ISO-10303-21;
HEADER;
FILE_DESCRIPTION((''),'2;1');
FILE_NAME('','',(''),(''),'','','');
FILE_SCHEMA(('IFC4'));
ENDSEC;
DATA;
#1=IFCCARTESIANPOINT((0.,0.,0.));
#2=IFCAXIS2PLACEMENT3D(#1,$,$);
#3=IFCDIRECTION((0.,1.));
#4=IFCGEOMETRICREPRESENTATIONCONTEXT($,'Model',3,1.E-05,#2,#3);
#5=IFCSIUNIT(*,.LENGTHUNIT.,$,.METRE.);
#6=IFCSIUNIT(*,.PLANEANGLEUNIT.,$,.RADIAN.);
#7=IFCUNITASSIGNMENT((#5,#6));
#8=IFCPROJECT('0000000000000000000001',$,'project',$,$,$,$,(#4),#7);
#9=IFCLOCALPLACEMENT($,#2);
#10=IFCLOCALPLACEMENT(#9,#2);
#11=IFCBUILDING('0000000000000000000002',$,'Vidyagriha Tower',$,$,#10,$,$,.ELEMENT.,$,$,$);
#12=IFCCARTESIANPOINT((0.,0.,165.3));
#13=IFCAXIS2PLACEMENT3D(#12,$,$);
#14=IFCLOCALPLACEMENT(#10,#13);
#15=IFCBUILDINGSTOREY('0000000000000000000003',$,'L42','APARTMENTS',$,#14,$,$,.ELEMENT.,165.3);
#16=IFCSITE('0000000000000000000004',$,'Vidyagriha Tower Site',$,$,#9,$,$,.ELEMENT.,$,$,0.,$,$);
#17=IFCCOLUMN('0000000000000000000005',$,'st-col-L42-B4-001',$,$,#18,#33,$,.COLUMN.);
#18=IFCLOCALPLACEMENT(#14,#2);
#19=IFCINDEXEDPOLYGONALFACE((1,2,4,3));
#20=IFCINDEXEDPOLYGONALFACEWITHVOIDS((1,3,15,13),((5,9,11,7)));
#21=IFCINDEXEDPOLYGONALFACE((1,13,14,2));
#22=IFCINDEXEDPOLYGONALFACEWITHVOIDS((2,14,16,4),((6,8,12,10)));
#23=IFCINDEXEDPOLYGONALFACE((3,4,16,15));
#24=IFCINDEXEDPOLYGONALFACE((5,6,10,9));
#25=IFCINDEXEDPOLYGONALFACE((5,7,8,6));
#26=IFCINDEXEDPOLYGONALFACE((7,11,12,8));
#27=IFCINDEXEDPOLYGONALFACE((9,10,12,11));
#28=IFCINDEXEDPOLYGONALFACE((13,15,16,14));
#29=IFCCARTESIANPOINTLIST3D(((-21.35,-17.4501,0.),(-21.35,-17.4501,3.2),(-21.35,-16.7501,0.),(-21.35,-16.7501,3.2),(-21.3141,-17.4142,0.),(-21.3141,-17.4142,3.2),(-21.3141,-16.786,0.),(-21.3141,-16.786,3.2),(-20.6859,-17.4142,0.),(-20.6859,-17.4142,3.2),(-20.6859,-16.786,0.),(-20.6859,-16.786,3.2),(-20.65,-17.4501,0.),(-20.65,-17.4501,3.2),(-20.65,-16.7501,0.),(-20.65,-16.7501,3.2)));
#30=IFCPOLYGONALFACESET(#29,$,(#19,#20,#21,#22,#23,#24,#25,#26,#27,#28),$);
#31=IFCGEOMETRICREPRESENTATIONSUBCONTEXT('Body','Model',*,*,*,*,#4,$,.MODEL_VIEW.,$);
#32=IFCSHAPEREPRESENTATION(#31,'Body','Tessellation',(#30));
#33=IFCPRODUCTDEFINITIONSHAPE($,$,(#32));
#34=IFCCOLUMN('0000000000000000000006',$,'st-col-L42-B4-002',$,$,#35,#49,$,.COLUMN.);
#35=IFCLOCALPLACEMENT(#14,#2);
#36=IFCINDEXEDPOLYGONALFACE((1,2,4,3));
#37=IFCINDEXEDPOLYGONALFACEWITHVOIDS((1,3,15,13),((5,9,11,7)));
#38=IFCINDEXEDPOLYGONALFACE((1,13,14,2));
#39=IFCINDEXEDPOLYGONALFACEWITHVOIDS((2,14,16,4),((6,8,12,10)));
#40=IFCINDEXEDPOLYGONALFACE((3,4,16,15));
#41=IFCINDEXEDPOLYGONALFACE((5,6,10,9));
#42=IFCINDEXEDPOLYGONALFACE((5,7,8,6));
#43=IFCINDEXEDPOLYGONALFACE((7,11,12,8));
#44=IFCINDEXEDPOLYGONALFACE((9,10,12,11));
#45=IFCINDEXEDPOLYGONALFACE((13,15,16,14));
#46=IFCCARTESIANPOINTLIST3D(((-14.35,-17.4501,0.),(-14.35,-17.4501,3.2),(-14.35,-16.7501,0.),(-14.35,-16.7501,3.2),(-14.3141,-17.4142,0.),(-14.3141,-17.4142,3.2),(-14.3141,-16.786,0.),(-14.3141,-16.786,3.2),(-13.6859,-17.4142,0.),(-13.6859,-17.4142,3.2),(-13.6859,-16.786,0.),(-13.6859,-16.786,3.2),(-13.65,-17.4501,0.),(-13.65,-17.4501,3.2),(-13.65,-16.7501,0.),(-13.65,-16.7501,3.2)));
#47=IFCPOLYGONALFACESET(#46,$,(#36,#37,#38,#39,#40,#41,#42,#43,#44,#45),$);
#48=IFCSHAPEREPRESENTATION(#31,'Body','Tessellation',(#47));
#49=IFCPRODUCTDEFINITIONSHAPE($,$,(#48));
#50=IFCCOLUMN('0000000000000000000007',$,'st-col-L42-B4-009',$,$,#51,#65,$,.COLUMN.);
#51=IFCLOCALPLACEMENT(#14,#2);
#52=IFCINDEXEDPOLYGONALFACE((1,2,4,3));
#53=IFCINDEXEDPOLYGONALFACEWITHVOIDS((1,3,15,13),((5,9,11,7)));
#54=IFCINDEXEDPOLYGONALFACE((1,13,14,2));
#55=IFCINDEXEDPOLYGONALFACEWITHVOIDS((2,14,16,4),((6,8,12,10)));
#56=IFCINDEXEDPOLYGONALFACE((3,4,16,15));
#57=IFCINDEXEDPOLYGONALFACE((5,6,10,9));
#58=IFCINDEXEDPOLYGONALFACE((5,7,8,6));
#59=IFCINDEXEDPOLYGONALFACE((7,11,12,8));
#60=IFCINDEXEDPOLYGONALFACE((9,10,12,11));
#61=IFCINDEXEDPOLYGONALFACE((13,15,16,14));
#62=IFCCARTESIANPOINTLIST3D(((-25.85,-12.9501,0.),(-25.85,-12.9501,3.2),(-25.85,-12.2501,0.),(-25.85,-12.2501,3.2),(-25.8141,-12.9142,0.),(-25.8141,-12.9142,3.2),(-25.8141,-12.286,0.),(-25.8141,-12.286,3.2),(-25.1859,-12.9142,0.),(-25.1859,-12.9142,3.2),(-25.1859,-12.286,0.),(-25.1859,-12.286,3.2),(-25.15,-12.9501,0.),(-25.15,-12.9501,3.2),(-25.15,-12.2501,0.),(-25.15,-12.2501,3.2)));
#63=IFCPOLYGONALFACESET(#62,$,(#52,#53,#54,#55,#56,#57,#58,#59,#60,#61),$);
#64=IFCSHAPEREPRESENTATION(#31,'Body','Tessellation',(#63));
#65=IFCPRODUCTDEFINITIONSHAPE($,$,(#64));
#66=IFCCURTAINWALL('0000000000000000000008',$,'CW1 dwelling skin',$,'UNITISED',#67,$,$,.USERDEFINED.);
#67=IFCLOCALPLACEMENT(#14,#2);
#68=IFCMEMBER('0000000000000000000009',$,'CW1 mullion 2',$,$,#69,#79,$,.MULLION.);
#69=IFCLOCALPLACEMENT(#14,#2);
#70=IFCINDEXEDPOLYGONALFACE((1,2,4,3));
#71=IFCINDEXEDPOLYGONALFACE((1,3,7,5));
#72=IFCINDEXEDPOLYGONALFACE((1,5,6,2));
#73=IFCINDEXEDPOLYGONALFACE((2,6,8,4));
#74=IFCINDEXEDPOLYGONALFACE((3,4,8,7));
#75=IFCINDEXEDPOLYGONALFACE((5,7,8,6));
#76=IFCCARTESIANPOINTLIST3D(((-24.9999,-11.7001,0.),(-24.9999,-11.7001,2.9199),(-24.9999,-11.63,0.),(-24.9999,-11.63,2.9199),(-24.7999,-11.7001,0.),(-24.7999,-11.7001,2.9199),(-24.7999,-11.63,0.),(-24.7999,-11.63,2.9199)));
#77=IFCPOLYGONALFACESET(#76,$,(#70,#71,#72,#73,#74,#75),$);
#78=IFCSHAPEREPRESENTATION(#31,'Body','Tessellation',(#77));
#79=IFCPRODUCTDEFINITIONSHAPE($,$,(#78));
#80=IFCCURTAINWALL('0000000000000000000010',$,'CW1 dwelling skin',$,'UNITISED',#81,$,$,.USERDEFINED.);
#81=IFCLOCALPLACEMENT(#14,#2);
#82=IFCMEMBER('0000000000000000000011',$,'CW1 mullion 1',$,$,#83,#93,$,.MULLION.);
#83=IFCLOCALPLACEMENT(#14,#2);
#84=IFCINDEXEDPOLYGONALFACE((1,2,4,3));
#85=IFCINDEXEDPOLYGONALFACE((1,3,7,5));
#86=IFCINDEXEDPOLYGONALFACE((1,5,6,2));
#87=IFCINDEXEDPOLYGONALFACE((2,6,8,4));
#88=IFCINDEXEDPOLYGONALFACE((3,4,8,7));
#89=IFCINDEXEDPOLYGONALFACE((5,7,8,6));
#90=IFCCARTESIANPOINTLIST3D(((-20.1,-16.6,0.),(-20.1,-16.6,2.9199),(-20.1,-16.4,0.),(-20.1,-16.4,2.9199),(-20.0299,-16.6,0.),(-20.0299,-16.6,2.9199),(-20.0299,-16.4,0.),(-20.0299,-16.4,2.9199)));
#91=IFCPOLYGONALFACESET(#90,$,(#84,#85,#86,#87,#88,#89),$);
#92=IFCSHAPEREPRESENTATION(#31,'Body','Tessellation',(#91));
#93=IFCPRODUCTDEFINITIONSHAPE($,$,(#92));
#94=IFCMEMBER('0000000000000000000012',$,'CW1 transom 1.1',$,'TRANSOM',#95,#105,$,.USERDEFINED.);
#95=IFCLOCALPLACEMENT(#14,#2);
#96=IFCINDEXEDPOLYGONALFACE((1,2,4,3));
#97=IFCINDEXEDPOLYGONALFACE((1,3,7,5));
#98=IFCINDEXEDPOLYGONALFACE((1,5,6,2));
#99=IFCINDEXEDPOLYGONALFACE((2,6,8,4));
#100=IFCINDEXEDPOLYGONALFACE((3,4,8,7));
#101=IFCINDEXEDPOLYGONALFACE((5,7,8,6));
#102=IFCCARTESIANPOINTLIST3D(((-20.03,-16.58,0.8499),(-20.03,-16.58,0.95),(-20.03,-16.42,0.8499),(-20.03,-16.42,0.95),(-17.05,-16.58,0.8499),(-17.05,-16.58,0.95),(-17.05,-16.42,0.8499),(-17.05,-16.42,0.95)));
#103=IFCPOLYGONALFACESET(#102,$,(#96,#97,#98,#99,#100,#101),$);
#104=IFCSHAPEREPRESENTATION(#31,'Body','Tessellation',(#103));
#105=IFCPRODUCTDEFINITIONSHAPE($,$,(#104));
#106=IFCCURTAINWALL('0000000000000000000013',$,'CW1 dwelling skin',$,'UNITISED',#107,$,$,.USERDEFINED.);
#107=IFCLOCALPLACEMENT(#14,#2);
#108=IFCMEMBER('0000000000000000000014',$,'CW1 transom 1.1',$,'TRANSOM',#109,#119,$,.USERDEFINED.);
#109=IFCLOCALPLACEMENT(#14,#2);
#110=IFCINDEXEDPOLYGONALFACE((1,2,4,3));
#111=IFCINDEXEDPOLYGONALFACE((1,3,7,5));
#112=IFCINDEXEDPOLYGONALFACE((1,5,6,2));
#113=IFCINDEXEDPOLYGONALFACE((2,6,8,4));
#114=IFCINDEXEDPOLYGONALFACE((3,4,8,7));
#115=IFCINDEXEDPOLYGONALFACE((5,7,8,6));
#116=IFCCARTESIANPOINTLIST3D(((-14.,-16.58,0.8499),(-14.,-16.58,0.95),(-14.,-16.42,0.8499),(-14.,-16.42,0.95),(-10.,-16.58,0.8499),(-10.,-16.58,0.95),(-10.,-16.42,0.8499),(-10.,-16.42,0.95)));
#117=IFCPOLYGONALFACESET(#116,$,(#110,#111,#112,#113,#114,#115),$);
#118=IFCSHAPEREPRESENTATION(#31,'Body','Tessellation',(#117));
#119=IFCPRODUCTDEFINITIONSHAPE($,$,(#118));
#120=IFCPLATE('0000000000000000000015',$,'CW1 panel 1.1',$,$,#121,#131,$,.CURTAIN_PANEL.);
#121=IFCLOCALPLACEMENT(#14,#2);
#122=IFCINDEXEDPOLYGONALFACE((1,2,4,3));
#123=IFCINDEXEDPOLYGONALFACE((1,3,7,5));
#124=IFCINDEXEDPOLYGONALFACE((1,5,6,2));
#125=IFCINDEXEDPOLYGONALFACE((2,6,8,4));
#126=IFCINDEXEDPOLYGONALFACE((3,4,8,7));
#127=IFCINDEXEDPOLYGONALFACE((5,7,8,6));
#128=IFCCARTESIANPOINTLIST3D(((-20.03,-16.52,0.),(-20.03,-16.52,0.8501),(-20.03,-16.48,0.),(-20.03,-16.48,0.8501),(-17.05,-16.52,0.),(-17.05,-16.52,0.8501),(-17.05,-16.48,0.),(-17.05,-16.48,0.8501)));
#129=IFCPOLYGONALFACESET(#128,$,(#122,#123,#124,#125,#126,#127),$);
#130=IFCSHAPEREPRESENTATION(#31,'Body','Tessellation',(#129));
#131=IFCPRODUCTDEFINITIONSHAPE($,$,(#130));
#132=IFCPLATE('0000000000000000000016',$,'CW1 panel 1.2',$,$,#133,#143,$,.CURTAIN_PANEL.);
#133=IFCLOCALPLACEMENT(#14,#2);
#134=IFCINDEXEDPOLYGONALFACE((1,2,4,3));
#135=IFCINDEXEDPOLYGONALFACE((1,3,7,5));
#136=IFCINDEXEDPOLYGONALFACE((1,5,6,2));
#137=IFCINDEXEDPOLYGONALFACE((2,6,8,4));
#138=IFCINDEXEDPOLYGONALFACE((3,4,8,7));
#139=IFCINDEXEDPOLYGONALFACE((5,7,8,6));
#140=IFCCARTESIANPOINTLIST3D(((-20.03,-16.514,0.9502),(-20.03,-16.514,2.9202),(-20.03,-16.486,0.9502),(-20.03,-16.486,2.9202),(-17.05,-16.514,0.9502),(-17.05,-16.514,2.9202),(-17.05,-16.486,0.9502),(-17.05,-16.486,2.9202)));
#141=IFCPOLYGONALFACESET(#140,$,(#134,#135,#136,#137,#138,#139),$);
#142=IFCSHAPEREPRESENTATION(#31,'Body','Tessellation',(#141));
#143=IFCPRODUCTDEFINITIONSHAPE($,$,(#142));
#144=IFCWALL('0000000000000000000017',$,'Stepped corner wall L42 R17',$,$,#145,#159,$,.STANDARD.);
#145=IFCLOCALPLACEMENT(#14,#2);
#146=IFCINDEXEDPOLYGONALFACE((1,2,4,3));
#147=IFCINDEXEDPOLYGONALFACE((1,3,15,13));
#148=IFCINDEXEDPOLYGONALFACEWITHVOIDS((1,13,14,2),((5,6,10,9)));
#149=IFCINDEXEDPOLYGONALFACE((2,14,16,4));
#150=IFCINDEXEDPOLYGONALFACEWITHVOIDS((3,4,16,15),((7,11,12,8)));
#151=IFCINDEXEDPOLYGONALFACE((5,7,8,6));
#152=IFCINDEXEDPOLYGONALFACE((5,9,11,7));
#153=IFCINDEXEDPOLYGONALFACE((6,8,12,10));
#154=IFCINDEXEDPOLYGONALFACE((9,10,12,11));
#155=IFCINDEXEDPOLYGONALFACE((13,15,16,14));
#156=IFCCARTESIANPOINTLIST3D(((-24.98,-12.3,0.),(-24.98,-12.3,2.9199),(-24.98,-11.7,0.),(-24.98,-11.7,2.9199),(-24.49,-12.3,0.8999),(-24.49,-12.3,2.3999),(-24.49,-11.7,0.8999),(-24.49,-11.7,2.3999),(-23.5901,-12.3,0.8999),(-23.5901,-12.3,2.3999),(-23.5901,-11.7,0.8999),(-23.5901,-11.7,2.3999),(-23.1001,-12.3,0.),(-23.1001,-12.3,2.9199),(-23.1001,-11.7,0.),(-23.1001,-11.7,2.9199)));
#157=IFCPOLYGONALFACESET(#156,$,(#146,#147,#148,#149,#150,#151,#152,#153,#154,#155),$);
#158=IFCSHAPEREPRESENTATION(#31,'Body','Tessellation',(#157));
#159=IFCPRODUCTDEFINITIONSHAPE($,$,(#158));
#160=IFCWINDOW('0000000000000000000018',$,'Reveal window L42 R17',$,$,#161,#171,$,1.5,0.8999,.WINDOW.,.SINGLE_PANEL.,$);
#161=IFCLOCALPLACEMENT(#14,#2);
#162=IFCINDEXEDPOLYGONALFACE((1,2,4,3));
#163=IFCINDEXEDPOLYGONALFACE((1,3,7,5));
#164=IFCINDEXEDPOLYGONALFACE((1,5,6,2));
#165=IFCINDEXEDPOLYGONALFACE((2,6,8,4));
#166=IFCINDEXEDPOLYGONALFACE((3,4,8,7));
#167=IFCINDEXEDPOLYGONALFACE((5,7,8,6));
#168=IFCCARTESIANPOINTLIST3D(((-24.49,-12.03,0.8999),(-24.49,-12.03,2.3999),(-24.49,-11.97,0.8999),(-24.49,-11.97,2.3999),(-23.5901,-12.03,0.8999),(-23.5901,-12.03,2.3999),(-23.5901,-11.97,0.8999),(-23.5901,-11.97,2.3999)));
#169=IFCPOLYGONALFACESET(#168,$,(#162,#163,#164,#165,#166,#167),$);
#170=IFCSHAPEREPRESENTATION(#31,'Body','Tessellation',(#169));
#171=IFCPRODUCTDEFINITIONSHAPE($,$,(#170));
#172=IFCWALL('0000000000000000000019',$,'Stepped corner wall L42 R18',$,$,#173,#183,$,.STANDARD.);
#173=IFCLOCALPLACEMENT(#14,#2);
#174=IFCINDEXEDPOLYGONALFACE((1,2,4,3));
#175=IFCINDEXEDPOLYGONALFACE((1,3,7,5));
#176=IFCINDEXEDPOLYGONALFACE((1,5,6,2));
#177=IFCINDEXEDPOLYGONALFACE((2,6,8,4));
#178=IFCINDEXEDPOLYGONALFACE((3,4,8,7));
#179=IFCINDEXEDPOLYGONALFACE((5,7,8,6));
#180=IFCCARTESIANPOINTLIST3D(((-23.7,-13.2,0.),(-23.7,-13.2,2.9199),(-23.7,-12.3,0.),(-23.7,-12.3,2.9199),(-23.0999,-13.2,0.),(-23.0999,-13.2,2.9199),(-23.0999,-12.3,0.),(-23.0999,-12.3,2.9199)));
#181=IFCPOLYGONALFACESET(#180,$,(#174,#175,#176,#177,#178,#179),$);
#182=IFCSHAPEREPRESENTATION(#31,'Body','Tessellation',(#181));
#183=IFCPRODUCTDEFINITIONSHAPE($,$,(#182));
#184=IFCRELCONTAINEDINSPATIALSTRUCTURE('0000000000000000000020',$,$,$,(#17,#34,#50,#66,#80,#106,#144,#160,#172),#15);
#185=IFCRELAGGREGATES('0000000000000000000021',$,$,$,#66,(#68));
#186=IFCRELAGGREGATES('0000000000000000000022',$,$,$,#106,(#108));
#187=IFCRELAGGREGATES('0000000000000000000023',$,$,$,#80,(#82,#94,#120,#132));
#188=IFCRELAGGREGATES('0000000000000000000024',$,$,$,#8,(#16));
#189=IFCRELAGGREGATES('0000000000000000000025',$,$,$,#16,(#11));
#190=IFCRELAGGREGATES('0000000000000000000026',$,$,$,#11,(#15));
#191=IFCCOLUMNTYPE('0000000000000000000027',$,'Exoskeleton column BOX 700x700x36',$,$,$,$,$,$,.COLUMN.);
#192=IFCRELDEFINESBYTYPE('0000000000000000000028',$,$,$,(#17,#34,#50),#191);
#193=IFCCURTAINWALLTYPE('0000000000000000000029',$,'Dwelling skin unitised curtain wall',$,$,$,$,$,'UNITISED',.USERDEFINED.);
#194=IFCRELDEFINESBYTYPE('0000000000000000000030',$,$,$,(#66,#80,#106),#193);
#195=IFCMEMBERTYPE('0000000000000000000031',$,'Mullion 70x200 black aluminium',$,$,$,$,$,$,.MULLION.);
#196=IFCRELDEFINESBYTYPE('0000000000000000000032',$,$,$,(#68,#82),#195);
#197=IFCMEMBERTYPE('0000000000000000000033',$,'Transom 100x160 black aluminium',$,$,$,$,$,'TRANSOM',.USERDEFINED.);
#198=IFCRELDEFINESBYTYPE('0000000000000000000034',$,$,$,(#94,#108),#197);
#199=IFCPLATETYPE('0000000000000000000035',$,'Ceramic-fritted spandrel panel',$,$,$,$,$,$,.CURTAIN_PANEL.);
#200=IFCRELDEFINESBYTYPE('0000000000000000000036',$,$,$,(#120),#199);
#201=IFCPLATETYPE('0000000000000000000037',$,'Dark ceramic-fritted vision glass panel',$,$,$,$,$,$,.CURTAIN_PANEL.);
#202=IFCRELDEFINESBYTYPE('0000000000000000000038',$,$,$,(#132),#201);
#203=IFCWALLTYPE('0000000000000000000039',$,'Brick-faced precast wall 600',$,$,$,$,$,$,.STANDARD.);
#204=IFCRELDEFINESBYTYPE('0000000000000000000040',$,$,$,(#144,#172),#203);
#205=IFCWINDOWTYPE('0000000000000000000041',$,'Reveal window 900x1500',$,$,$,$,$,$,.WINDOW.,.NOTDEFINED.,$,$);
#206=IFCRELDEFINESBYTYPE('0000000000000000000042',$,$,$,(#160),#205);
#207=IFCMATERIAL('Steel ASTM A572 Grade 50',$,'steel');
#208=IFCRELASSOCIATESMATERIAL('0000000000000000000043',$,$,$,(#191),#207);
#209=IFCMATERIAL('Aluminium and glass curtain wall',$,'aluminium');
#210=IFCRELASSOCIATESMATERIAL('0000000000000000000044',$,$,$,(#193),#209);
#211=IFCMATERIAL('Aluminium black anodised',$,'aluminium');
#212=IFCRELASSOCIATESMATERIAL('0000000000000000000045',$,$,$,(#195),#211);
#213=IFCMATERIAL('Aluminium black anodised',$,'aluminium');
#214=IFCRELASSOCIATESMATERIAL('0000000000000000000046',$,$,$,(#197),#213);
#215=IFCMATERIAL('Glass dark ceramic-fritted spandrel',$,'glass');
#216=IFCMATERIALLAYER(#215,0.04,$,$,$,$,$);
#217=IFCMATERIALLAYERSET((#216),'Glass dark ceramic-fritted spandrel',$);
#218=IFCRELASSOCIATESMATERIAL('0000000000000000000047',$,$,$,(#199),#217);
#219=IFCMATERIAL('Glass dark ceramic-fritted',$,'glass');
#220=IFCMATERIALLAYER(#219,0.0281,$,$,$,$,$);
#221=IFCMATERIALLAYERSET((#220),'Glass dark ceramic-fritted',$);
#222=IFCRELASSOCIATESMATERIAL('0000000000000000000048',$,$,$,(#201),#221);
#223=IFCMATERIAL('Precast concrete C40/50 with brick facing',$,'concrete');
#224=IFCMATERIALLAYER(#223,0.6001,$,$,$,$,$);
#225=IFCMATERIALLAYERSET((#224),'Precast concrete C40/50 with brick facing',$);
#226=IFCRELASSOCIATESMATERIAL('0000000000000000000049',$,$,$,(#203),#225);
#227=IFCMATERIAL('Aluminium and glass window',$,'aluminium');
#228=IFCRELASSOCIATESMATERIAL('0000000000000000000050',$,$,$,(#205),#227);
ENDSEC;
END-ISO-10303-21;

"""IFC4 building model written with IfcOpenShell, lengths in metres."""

from ifc_helpers import new_model, si_unit, direction, frame, frame_2d, origin, origin_2d, place, context, subcontext, project, spatial, rectangle, hollow_rectangle, extrude, material, layer, layer_set, material_profile, profile_set, type_object, element, fill, aggregate, save


model = new_model("IFC4")

# Units and contexts
model_context = context("Model", 3, precision=1e-05, world=origin(), true_north=direction((0.0, 1.0)))
body_context = subcontext(model_context, "Body", "Model", "MODEL_VIEW")
ifc_project = project(units=[si_unit("LENGTHUNIT", "METRE"), si_unit("PLANEANGLEUNIT", "RADIAN")], contexts=[model_context])

# Site, building, storey
site_placement = place(None, origin())
site = spatial("IfcSite", under=ifc_project, at=site_placement, Name="Vidyagriha Tower Site", CompositionType="ELEMENT", RefElevation=0.0)
building_placement = place(site_placement, origin())
building = spatial("IfcBuilding", under=site, at=building_placement, Name="Vidyagriha Tower", CompositionType="ELEMENT")
storey_placement = place(building_placement, frame((0.0, 0.0, 165.3)))
storey = spatial("IfcBuildingStorey", under=building, at=storey_placement, Name="L42", Description="APARTMENTS", CompositionType="ELEMENT", Elevation=165.3)

# Columns
ifc_material_1 = material(Name="Steel ASTM A572 Grade 50", Category="steel")
ifc_material_profile_1 = material_profile(ifc_material_1, hollow_rectangle(XDim=0.7, YDim=0.7, WallThickness=0.0359, at=origin_2d()), Name="BOX 700x700x36")
ifc_profile_set_1 = profile_set([ifc_material_profile_1], Name="Steel ASTM A572 Grade 50")
column_type = type_object("IfcColumnType", Name="Exoskeleton column BOX 700x700x36", PredefinedType="COLUMN", material=ifc_profile_set_1)
for number, where, name in (
    (1, (-21.0, -17.1001, 0.0), "st-col-L42-B4-001"),
    (2, (-14.0, -17.1001, 0.0), "st-col-L42-B4-002"),
    (3, (-25.5, -12.6001, 0.0), "st-col-L42-B4-009"),
):
    element("IfcColumn", number, at=place(storey_placement, frame(where)), inside=storey, type_object=column_type, Name=name, PredefinedType="COLUMN", context=body_context, shape_type="SweptSolid", body=[
        extrude(hollow_rectangle(XDim=0.7, YDim=0.7, WallThickness=0.0359, at=origin_2d()), origin(), (0.0, 0.0, 1.0), 3.2),
    ])

# Curtain wall, member
ifc_material_2 = material(Name="Aluminium and glass curtain wall", Category="aluminium")
curtain_wall_type = type_object("IfcCurtainWallType", Name="Dwelling skin unitised curtain wall", ElementType="UNITISED", PredefinedType="USERDEFINED", material=ifc_material_2)
curtain_wall_1_placement = place(storey_placement, origin())
curtain_wall_1 = element("IfcCurtainWall", 4, at=curtain_wall_1_placement, inside=storey, type_object=curtain_wall_type, Name="CW1 dwelling skin", ObjectType="UNITISED", PredefinedType="USERDEFINED")
ifc_material_3 = material(Name="Aluminium black anodised", Category="aluminium")
ifc_material_profile_2 = material_profile(ifc_material_3, rectangle(XDim=0.2, YDim=0.0701, at=origin_2d()), Name="Mullion 70x200 black aluminium")
ifc_profile_set_2 = profile_set([ifc_material_profile_2], Name="Aluminium black anodised")
member_type_1 = type_object("IfcMemberType", Name="Mullion 70x200 black aluminium", PredefinedType="MULLION", material=ifc_profile_set_2)
member_1_placement = place(storey_placement, frame((-24.8999, -11.665, 0.0)))
member_1 = element("IfcMember", 5, at=member_1_placement, type_object=member_type_1, Name="CW1 mullion 2", PredefinedType="MULLION", context=body_context, shape_type="SweptSolid", body=[
    extrude(rectangle(XDim=0.2, YDim=0.0701, at=origin_2d()), origin(), (0.0, 0.0, 1.0), 2.9199),
])
aggregate(curtain_wall_1, [member_1])

# Curtain wall, members
curtain_wall_2_placement = place(storey_placement, origin())
curtain_wall_2 = element("IfcCurtainWall", 6, at=curtain_wall_2_placement, inside=storey, type_object=curtain_wall_type, Name="CW1 dwelling skin", ObjectType="UNITISED", PredefinedType="USERDEFINED")
member_2_placement = place(storey_placement, frame((-20.0649, -16.5, 0.0), z_axis=(0.0, 0.0, 1.0), x_axis=(0.0, 1.0, 0.0)))
member_2 = element("IfcMember", 7, at=member_2_placement, type_object=member_type_1, Name="CW1 mullion 1", PredefinedType="MULLION", context=body_context, shape_type="SweptSolid", body=[
    extrude(rectangle(XDim=0.2, YDim=0.0701, at=origin_2d()), origin(), (0.0, 0.0, 1.0), 2.9199),
])
ifc_material_4 = material(Name="Aluminium black anodised", Category="aluminium")
ifc_material_profile_3 = material_profile(ifc_material_4, rectangle(XDim=0.1599, YDim=0.1001, at=origin_2d()), Name="Transom 100x160 black aluminium")
ifc_profile_set_3 = profile_set([ifc_material_profile_3], Name="Aluminium black anodised")
member_type_2 = type_object("IfcMemberType", Name="Transom 100x160 black aluminium", ElementType="TRANSOM", PredefinedType="USERDEFINED", material=ifc_profile_set_3)
member_3_placement = place(storey_placement, frame((-20.03, -16.5, 0.8999), z_axis=(1.0, 0.0, 0.0), x_axis=(0.0, 1.0, 0.0)))
member_3 = element("IfcMember", 8, at=member_3_placement, type_object=member_type_2, Name="CW1 transom 1.1", ObjectType="TRANSOM", PredefinedType="USERDEFINED", context=body_context, shape_type="SweptSolid", body=[
    extrude(rectangle(XDim=0.1599, YDim=0.1001, at=origin_2d()), origin(), (0.0, 0.0, 1.0), 2.98),
])

# Curtain wall, member
curtain_wall_3_placement = place(storey_placement, origin())
curtain_wall_3 = element("IfcCurtainWall", 9, at=curtain_wall_3_placement, inside=storey, type_object=curtain_wall_type, Name="CW1 dwelling skin", ObjectType="UNITISED", PredefinedType="USERDEFINED")
member_4_placement = place(storey_placement, frame((-14.0, -16.5, 0.8999), z_axis=(1.0, 0.0, 0.0), x_axis=(0.0, 1.0, 0.0)))
member_4 = element("IfcMember", 10, at=member_4_placement, type_object=member_type_2, Name="CW1 transom 1.1", ObjectType="TRANSOM", PredefinedType="USERDEFINED", context=body_context, shape_type="SweptSolid", body=[
    extrude(rectangle(XDim=0.1599, YDim=0.1001, at=origin_2d()), origin(), (0.0, 0.0, 1.0), 4.0),
])
aggregate(curtain_wall_3, [member_4])

# Plates
ifc_material_5 = material(Name="Glass dark ceramic-fritted spandrel", Category="glass")
ifc_layer_1 = layer(ifc_material_5, 0.04)
ifc_layer_set_1 = layer_set([ifc_layer_1], Name="Glass dark ceramic-fritted spandrel")
plate_type_1 = type_object("IfcPlateType", Name="Ceramic-fritted spandrel panel", PredefinedType="CURTAIN_PANEL", material=ifc_layer_set_1)
plate_1_placement = place(storey_placement, frame((-18.54, -16.5, 0.0)))
plate_1 = element("IfcPlate", 11, at=plate_1_placement, type_object=plate_type_1, Name="CW1 panel 1.1", PredefinedType="CURTAIN_PANEL", context=body_context, shape_type="SweptSolid", body=[
    extrude(rectangle(XDim=2.98, YDim=0.04, at=origin_2d()), origin(), (0.0, 0.0, 1.0), 0.8501),
])
ifc_material_6 = material(Name="Glass dark ceramic-fritted", Category="glass")
ifc_layer_2 = layer(ifc_material_6, 0.0281)
ifc_layer_set_2 = layer_set([ifc_layer_2], Name="Glass dark ceramic-fritted")
plate_type_2 = type_object("IfcPlateType", Name="Dark ceramic-fritted vision glass panel", PredefinedType="CURTAIN_PANEL", material=ifc_layer_set_2)
plate_2_placement = place(storey_placement, frame((-18.54, -16.5, 0.9502)))
plate_2 = element("IfcPlate", 12, at=plate_2_placement, type_object=plate_type_2, Name="CW1 panel 1.2", PredefinedType="CURTAIN_PANEL", context=body_context, shape_type="SweptSolid", body=[
    extrude(rectangle(XDim=2.98, YDim=0.0281, at=origin_2d()), origin(), (0.0, 0.0, 1.0), 1.97),
])
aggregate(curtain_wall_2, [member_2, member_3, plate_1, plate_2])

# Wall, opening, window
ifc_material_7 = material(Name="Precast concrete C40/50 with brick facing", Category="concrete")
ifc_layer_3 = layer(ifc_material_7, 0.6001)
ifc_layer_set_3 = layer_set([ifc_layer_3], Name="Precast concrete C40/50 with brick facing")
wall_type_1 = type_object("IfcWallType", Name="Brick-faced precast wall 600", PredefinedType="STANDARD", material=ifc_layer_set_3)
wall_1_placement = place(storey_placement, frame((-24.98, -12.0, 0.0)))
wall_1 = element("IfcWall", 13, at=wall_1_placement, inside=storey, type_object=wall_type_1, Name="Stepped corner wall L42 R17", PredefinedType="STANDARD", context=body_context, shape_type="SweptSolid", body=[
    extrude(rectangle(XDim=1.8799, YDim=0.6001, at=frame_2d((0.9399, 0.0))), origin(), (0.0, 0.0, 1.0), 2.9199),
])
opening_1_placement = place(wall_1_placement, frame((0.49, 0.0, 0.8999)))
opening_1 = element("IfcOpeningElement", 14, at=opening_1_placement, cuts=wall_1, PredefinedType="OPENING", context=body_context, shape_type="SweptSolid", body=[
    extrude(rectangle(XDim=0.8999, YDim=1.5, at=frame_2d((0.45, 0.75))), frame((0.0, 0.3101, 0.0), z_axis=(0.0, -1.0, 0.0), x_axis=(1.0, 0.0, 0.0)), (0.0, 0.0, 1.0), 0.6201),
])
ifc_material_8 = material(Name="Aluminium and glass window", Category="aluminium")
window_type = type_object("IfcWindowType", Name="Reveal window 900x1500", PartitioningType="NOTDEFINED", PredefinedType="WINDOW", material=ifc_material_8)
window_1_placement = place(opening_1_placement, origin())
window_1 = element("IfcWindow", 15, at=window_1_placement, inside=storey, type_object=window_type, Name="Reveal window L42 R17", OverallHeight=1.5, OverallWidth=0.8999, PartitioningType="SINGLE_PANEL", PredefinedType="WINDOW", context=body_context, shape_type="SweptSolid", body=[
    extrude(rectangle(XDim=0.8999, YDim=1.5, at=frame_2d((0.45, 0.75))), frame((0.0, 0.03, 0.0), z_axis=(0.0, -1.0, 0.0), x_axis=(1.0, 0.0, 0.0)), (0.0, 0.0, 1.0), 0.0601),
])
fill(opening_1, window_1)

# Wall
wall_2_placement = place(storey_placement, frame((-23.3999, -12.3, 0.0), z_axis=(0.0, 0.0, 1.0), x_axis=(0.0, -1.0, 0.0)))
element("IfcWall", 16, at=wall_2_placement, inside=storey, type_object=wall_type_1, Name="Stepped corner wall L42 R18", PredefinedType="STANDARD", context=body_context, shape_type="SweptSolid", body=[
    extrude(rectangle(XDim=0.8999, YDim=0.6001, at=frame_2d((0.45, 0.0))), origin(), (0.0, 0.0, 1.0), 2.9199),
])

save(model, "model.ifc")
